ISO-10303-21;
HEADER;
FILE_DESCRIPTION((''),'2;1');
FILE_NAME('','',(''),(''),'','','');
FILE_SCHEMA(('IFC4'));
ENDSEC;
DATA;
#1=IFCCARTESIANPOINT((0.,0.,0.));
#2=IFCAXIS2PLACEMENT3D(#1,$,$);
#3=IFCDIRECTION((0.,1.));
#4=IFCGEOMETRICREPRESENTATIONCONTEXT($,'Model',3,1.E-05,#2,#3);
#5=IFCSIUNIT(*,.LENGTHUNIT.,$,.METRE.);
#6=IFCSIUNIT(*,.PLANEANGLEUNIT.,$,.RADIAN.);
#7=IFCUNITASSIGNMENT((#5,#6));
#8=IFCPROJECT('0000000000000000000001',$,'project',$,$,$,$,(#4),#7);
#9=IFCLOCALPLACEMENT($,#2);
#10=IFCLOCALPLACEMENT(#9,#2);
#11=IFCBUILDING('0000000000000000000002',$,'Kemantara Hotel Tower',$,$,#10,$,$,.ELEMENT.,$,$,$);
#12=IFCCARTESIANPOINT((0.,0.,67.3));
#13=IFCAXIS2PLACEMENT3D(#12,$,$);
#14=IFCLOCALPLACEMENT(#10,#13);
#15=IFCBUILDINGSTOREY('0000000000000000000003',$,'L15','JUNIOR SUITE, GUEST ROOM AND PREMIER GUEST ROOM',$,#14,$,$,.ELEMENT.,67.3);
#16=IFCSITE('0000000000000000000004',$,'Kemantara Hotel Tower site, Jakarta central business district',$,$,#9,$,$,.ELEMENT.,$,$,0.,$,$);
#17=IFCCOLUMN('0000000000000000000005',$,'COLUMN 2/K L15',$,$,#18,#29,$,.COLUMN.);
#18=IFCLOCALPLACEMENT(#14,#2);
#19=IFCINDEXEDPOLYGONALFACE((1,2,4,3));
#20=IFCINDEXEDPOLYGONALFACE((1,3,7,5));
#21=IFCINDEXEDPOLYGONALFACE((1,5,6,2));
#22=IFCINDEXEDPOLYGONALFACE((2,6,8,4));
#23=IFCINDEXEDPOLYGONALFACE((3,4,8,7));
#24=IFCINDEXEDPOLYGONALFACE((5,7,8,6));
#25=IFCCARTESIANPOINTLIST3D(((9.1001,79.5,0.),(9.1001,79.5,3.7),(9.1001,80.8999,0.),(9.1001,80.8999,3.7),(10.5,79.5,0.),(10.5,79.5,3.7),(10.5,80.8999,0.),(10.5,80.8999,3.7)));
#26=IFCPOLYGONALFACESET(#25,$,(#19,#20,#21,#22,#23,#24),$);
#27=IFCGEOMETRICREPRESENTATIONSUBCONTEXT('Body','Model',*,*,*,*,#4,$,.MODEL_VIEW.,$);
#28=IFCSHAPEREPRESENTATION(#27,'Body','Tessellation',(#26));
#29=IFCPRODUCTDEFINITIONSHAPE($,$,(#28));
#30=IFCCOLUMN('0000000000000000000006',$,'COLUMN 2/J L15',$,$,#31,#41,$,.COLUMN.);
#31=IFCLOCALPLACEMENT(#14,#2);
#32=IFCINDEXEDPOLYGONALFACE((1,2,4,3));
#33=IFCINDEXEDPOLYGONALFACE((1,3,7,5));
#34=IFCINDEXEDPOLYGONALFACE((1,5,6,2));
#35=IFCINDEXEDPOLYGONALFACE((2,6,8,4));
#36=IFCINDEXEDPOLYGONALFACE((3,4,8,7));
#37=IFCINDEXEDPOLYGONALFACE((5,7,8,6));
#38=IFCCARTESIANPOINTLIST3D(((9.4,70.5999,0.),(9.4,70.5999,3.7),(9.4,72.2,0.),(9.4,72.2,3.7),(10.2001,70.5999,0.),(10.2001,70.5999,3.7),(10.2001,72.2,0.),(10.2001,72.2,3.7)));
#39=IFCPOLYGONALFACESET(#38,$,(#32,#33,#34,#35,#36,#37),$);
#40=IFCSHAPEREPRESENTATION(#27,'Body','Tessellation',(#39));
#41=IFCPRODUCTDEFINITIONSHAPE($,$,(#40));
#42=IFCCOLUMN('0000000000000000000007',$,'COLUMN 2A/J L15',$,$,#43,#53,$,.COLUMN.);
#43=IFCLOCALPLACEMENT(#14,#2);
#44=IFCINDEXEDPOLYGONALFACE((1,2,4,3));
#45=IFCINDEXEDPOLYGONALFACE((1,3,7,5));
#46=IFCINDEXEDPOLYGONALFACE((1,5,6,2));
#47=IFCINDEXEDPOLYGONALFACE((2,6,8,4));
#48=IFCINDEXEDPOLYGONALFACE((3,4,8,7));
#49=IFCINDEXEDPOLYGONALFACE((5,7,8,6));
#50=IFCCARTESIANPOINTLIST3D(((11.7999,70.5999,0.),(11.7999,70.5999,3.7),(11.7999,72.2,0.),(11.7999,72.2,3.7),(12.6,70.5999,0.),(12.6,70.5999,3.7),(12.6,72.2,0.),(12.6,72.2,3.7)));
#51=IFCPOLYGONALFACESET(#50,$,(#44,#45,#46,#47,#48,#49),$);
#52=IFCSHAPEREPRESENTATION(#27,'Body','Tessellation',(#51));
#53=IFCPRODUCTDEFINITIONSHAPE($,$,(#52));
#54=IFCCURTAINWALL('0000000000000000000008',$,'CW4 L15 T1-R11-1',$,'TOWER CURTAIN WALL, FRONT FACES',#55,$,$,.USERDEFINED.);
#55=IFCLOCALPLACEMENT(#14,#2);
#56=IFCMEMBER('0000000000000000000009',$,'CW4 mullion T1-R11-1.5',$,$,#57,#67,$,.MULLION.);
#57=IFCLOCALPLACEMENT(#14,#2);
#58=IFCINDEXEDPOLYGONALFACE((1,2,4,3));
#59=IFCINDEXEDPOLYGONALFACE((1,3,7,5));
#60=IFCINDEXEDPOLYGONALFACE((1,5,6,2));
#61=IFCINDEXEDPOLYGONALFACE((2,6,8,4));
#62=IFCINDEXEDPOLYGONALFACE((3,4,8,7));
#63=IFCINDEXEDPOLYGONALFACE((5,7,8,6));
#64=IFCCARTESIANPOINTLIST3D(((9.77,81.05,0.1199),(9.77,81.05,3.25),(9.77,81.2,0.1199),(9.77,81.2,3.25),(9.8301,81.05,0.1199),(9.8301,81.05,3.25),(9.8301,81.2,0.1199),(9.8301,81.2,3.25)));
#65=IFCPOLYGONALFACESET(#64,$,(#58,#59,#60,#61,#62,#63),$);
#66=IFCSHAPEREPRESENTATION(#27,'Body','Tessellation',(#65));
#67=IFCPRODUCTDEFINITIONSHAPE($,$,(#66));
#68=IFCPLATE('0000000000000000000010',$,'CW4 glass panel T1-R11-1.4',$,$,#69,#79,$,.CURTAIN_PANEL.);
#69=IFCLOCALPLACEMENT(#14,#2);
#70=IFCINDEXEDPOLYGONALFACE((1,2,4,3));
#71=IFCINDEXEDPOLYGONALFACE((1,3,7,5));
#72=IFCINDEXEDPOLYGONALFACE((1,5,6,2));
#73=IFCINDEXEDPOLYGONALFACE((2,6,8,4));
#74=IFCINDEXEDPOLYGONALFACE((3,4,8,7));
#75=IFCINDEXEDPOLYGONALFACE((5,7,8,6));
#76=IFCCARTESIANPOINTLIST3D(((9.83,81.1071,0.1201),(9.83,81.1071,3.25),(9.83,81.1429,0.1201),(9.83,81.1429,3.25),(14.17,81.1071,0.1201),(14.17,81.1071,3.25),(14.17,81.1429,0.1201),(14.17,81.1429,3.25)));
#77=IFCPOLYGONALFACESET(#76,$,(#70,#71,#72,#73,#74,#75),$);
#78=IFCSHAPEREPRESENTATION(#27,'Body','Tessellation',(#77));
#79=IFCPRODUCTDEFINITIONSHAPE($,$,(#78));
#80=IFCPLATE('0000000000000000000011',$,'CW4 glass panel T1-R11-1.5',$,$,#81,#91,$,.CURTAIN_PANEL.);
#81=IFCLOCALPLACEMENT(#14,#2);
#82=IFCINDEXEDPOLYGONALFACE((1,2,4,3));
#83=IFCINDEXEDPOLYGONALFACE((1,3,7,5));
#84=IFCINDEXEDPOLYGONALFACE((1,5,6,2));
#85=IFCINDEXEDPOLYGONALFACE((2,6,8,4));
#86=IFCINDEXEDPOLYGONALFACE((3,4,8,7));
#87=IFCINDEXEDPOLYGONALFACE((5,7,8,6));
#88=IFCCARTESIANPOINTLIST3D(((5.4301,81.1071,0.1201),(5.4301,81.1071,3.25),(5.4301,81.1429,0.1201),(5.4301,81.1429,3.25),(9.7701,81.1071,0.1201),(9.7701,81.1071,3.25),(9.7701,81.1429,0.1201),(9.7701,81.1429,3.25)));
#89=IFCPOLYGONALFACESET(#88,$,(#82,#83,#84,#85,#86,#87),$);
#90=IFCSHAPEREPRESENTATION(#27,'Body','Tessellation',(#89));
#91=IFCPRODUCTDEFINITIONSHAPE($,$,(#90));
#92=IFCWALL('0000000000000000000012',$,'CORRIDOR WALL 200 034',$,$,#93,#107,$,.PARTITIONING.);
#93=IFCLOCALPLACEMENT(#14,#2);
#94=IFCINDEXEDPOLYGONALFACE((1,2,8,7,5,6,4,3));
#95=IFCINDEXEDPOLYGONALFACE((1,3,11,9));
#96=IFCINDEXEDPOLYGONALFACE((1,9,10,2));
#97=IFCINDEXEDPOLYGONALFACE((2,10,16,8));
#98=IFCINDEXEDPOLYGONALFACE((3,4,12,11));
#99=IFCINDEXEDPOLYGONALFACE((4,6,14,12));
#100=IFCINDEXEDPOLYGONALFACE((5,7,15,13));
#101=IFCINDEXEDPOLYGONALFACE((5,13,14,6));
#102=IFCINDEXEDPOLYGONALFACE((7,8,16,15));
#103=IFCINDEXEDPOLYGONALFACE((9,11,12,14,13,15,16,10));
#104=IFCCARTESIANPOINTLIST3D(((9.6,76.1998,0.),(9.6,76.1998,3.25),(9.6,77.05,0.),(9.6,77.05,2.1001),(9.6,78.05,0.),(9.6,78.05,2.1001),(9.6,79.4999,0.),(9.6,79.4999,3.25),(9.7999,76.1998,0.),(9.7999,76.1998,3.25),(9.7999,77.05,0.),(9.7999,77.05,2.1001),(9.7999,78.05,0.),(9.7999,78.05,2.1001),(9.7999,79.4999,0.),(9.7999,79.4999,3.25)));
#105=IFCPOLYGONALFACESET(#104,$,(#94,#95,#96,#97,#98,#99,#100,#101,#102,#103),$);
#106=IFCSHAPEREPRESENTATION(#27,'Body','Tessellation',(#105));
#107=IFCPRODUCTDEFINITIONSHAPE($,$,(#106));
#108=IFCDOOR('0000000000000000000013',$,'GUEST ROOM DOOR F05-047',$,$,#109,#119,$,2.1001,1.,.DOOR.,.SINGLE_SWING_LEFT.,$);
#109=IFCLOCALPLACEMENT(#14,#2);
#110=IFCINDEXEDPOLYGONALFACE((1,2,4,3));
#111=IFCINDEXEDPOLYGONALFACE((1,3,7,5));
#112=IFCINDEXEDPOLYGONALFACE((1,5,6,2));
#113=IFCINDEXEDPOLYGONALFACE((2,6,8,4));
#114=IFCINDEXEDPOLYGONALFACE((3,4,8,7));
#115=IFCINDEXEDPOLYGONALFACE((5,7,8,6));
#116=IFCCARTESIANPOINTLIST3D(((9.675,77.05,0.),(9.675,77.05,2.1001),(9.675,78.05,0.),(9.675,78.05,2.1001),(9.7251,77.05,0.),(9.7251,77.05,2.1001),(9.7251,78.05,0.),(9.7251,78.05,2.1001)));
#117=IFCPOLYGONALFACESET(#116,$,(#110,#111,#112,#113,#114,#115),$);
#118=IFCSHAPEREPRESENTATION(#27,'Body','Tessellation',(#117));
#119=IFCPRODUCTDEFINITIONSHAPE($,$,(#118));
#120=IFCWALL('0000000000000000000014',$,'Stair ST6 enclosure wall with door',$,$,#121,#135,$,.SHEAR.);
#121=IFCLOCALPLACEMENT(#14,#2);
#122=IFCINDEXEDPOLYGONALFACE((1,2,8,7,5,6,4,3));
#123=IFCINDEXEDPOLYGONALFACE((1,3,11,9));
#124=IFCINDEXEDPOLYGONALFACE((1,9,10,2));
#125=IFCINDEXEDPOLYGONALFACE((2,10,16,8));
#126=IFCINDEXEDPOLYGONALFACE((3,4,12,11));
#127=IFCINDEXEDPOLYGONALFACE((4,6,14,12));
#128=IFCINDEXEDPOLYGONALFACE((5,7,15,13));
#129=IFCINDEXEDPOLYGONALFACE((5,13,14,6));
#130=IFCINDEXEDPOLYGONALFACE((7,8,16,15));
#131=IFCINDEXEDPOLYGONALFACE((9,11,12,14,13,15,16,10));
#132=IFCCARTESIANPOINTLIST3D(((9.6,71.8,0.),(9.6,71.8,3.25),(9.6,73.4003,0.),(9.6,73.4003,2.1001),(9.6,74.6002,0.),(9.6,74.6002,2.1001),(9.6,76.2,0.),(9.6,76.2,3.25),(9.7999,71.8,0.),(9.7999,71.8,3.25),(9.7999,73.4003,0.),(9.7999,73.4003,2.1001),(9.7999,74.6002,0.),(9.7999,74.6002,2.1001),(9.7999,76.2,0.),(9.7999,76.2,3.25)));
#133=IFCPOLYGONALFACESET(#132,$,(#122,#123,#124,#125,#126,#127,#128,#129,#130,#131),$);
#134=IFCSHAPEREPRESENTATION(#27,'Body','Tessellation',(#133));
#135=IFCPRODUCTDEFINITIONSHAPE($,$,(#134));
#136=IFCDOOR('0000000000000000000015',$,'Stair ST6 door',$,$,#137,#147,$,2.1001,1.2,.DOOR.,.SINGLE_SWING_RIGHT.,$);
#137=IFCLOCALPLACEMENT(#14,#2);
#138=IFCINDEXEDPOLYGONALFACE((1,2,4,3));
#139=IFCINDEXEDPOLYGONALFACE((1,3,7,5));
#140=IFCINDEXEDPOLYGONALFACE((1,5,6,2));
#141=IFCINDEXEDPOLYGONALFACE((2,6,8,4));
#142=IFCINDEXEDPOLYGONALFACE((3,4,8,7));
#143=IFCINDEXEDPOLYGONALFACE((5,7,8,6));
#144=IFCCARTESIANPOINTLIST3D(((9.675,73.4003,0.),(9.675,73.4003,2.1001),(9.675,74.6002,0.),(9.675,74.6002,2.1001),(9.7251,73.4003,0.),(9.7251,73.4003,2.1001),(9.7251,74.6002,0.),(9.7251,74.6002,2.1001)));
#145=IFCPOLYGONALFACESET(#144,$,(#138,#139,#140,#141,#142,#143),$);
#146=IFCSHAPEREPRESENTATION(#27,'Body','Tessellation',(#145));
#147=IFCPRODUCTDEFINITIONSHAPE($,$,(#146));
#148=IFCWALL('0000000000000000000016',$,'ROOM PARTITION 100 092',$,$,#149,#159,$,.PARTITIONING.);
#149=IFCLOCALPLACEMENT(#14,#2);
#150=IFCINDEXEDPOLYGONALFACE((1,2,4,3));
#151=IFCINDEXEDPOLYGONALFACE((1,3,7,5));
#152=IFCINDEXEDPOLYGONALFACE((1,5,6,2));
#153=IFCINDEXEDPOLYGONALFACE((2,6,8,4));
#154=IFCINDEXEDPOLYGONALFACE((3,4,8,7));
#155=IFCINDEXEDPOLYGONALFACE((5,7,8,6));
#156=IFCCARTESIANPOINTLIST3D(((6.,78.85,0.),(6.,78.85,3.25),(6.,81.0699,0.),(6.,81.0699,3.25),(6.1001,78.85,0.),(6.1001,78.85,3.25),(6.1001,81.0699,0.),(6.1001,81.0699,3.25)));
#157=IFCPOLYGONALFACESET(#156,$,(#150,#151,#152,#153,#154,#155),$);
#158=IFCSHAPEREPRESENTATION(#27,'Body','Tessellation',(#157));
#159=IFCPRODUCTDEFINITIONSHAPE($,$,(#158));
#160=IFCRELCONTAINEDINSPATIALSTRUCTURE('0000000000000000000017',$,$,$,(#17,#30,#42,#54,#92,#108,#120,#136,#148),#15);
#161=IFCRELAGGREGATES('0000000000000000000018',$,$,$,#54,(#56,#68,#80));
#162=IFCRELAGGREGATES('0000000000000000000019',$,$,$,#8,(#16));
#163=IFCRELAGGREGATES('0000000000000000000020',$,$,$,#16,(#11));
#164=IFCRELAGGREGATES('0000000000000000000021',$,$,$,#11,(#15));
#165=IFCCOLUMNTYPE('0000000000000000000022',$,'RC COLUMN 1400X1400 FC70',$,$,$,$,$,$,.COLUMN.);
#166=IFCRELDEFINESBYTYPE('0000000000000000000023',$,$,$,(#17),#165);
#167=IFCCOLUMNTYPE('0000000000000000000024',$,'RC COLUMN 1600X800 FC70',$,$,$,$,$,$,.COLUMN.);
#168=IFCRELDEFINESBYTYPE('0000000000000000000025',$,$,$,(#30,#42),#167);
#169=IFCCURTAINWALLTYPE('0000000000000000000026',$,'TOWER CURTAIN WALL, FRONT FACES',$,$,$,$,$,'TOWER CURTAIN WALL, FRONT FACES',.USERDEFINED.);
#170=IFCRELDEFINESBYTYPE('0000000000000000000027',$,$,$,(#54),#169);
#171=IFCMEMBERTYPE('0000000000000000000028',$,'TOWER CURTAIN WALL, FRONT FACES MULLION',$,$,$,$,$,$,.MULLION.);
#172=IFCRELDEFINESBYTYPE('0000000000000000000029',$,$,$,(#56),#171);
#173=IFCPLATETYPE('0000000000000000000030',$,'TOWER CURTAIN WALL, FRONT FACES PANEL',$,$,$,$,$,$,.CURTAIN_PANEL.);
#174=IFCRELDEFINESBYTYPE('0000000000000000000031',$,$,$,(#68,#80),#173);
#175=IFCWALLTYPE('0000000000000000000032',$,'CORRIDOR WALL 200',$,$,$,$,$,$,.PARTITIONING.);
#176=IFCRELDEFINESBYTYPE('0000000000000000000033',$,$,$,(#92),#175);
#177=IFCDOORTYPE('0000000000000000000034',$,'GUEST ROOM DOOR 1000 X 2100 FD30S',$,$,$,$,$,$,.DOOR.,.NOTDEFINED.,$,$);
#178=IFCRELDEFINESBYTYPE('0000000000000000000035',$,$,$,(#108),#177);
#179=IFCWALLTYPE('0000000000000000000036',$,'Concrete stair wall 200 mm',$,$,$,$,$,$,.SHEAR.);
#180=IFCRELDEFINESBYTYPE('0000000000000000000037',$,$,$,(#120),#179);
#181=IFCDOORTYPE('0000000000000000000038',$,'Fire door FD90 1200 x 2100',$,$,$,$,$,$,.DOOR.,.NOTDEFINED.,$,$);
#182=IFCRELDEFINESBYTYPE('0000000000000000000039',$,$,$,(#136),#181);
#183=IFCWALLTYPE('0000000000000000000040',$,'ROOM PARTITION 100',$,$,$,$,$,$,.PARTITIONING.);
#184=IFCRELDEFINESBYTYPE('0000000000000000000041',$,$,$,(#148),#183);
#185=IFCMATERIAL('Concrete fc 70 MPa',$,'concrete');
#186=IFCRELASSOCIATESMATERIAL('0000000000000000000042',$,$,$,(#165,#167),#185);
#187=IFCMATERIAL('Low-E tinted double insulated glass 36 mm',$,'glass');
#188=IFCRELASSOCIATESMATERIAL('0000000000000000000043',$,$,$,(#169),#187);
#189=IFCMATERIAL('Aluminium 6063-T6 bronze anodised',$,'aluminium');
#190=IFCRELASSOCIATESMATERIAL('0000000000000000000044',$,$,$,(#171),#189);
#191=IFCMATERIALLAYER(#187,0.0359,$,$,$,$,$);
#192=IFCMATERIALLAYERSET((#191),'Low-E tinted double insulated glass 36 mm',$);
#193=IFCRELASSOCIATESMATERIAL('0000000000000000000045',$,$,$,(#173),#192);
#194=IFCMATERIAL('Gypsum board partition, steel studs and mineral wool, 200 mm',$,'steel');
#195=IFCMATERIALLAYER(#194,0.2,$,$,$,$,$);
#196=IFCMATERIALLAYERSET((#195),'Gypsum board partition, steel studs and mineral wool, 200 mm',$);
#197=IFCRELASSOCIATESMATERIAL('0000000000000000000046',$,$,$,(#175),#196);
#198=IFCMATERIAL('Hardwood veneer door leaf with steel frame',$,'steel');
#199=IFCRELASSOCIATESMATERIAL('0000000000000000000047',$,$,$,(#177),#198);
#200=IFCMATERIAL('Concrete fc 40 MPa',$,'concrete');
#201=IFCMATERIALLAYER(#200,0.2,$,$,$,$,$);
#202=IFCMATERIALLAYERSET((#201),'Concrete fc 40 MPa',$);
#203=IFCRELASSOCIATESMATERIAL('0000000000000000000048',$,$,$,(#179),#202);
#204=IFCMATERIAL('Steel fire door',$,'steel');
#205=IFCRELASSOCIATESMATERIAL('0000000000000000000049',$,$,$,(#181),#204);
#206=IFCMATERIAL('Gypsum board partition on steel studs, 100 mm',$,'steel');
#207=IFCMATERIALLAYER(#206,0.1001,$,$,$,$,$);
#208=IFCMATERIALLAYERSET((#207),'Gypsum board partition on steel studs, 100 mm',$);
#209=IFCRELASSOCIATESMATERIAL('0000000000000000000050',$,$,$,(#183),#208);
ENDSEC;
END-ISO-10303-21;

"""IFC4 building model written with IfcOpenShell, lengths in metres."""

from ifc_helpers import new_model, si_unit, direction, frame, frame_2d, origin, origin_2d, place, context, subcontext, project, spatial, rectangle, extrude, source, transform, mapped, material, layer, layer_set, material_profile, profile_set, type_object, element, fill, aggregate, save


model = new_model("IFC4")

# Units and contexts
model_context = context("Model", 3, precision=1e-05, world=origin(), true_north=direction((0.0, 1.0)))
body_context = subcontext(model_context, "Body", "Model", "MODEL_VIEW")
ifc_project = project(units=[si_unit("LENGTHUNIT", "METRE"), si_unit("PLANEANGLEUNIT", "RADIAN")], contexts=[model_context])

# Site, building, storey
site_placement = place(None, origin())
site = spatial("IfcSite", under=ifc_project, at=site_placement, Name="Kemantara Hotel Tower site, Jakarta central business district", CompositionType="ELEMENT", RefElevation=0.0)
building_placement = place(site_placement, origin())
building = spatial("IfcBuilding", under=site, at=building_placement, Name="Kemantara Hotel Tower", CompositionType="ELEMENT")
storey_placement = place(building_placement, frame((0.0, 0.0, 67.3)))
storey = spatial("IfcBuildingStorey", under=building, at=storey_placement, Name="L15", Description="JUNIOR SUITE, GUEST ROOM AND PREMIER GUEST ROOM", CompositionType="ELEMENT", Elevation=67.3)

# Columns
ifc_material_1 = material(Name="Concrete fc 70 MPa", Category="concrete")
ifc_material_profile_1 = material_profile(ifc_material_1, rectangle(XDim=1.3999, YDim=1.3999, at=origin_2d()), Name="RC 1400X1400")
ifc_profile_set_1 = profile_set([ifc_material_profile_1], Name="Concrete fc 70 MPa")
column_type_1 = type_object("IfcColumnType", Name="RC COLUMN 1400X1400 FC70", PredefinedType="COLUMN", material=ifc_profile_set_1)
column_placement = place(storey_placement, frame((9.8, 80.2, 0.0), z_axis=(0.0, 0.0, 1.0), x_axis=(1.0, 0.0, 0.0)))
element("IfcColumn", 1, at=column_placement, inside=storey, type_object=column_type_1, Name="COLUMN 2/K L15", PredefinedType="COLUMN", context=body_context, shape_type="SweptSolid", body=[
    extrude(rectangle(XDim=1.3999, YDim=1.3999, at=origin_2d()), origin(), (0.0, 0.0, 1.0), 3.7),
])
ifc_material_profile_2 = material_profile(ifc_material_1, rectangle(XDim=1.6001, YDim=0.8, at=origin_2d()), Name="RC 1600X800")
ifc_profile_set_2 = profile_set([ifc_material_profile_2], Name="Concrete fc 70 MPa")
column_type_2 = type_object("IfcColumnType", Name="RC COLUMN 1600X800 FC70", PredefinedType="COLUMN", material=ifc_profile_set_2)
for number, where, z_axis, x_axis, name in (
    (2, (9.8, 71.3999, 0.0), (0.0, 0.0, 1.0), (0.0, 1.0, 0.0), "COLUMN 2/J L15"),
    (3, (12.2, 71.3999, 0.0), (0.0, 0.0, 1.0), (0.0, 1.0, 0.0), "COLUMN 2A/J L15"),
):
    element("IfcColumn", number, at=place(storey_placement, frame(where, z_axis=z_axis, x_axis=x_axis)), inside=storey, type_object=column_type_2, Name=name, PredefinedType="COLUMN", context=body_context, shape_type="SweptSolid", body=[
        extrude(rectangle(XDim=1.6001, YDim=0.8, at=origin_2d()), origin(), (0.0, 0.0, 1.0), 3.7),
    ])

# Curtain wall, member, plates
ifc_material_2 = material(Name="Low-E tinted double insulated glass 36 mm", Category="glass")
curtain_wall_type = type_object("IfcCurtainWallType", Name="TOWER CURTAIN WALL, FRONT FACES", ElementType="TOWER CURTAIN WALL, FRONT FACES", PredefinedType="USERDEFINED", material=ifc_material_2)
curtain_wall_placement = place(storey_placement, origin())
curtain_wall = element("IfcCurtainWall", 4, at=curtain_wall_placement, inside=storey, type_object=curtain_wall_type, Name="CW4 L15 T1-R11-1", ObjectType="TOWER CURTAIN WALL, FRONT FACES", PredefinedType="USERDEFINED")
ifc_material_3 = material(Name="Aluminium 6063-T6 bronze anodised", Category="aluminium")
ifc_material_profile_3 = material_profile(ifc_material_3, rectangle(XDim=0.1499, YDim=0.0601, at=origin_2d()), Name="TOWER CURTAIN WALL, FRONT FACES MULLION")
ifc_profile_set_3 = profile_set([ifc_material_profile_3], Name="Aluminium 6063-T6 bronze anodised")
member_type = type_object("IfcMemberType", Name="TOWER CURTAIN WALL, FRONT FACES MULLION", PredefinedType="MULLION", material=ifc_profile_set_3)
shared_shape_1 = source(origin(), body_context, "Body", "SweptSolid", [
    extrude(rectangle(XDim=0.1499, YDim=0.0601, at=origin_2d()), origin(), (0.0, 0.0, 1.0), 3.1301),
])
member_placement = place(storey_placement, frame((9.8, 81.125, 0.1199), z_axis=(0.0, 0.0, 1.0), x_axis=(0.0, -1.0, 0.0)))
member = element("IfcMember", 5, at=member_placement, type_object=member_type, Name="CW4 mullion T1-R11-1.5", PredefinedType="MULLION", context=body_context, shape_type="MappedRepresentation", body=[
    mapped(shared_shape_1, transform((0.0, 0.0, 0.0))),
])
ifc_layer_1 = layer(ifc_material_2, 0.0359)
ifc_layer_set_1 = layer_set([ifc_layer_1], Name="Low-E tinted double insulated glass 36 mm")
plate_type = type_object("IfcPlateType", Name="TOWER CURTAIN WALL, FRONT FACES PANEL", PredefinedType="CURTAIN_PANEL", material=ifc_layer_set_1)
shared_shape_2 = source(origin(), body_context, "Body", "SweptSolid", [
    extrude(rectangle(XDim=4.3401, YDim=0.0359, at=origin_2d()), origin(), (0.0, 0.0, 1.0), 3.1299),
])
plate_1_placement = place(storey_placement, frame((12.0, 81.125, 0.1201), z_axis=(0.0, 0.0, 1.0), x_axis=(-1.0, 0.0, 0.0)))
plate_1 = element("IfcPlate", 6, at=plate_1_placement, type_object=plate_type, Name="CW4 glass panel T1-R11-1.4", PredefinedType="CURTAIN_PANEL", context=body_context, shape_type="MappedRepresentation", body=[
    mapped(shared_shape_2, transform((0.0, 0.0, 0.0))),
])
plate_2_placement = place(storey_placement, frame((7.6001, 81.125, 0.1201), z_axis=(0.0, 0.0, 1.0), x_axis=(-1.0, 0.0, 0.0)))
plate_2 = element("IfcPlate", 7, at=plate_2_placement, type_object=plate_type, Name="CW4 glass panel T1-R11-1.5", PredefinedType="CURTAIN_PANEL", context=body_context, shape_type="MappedRepresentation", body=[
    mapped(shared_shape_2, transform((0.0, 0.0, 0.0))),
])
aggregate(curtain_wall, [member, plate_1, plate_2])

# Walls, openings, doors
ifc_material_4 = material(Name="Gypsum board partition, steel studs and mineral wool, 200 mm", Category="steel")
ifc_layer_2 = layer(ifc_material_4, 0.2)
ifc_layer_set_2 = layer_set([ifc_layer_2], Name="Gypsum board partition, steel studs and mineral wool, 200 mm")
wall_type_1 = type_object("IfcWallType", Name="CORRIDOR WALL 200", PredefinedType="PARTITIONING", material=ifc_layer_set_2)
wall_1_placement = place(storey_placement, frame((9.7, 76.2, 0.0), z_axis=(0.0, 0.0, 1.0), x_axis=(0.0, 1.0, 0.0)))
wall_1 = element("IfcWall", 8, at=wall_1_placement, inside=storey, type_object=wall_type_1, Name="CORRIDOR WALL 200 034", PredefinedType="PARTITIONING", context=body_context, shape_type="SweptSolid", body=[
    extrude(rectangle(XDim=3.3, YDim=0.2, at=frame_2d((1.6499, 0.0))), origin(), (0.0, 0.0, 1.0), 3.25),
])
opening_1_placement = place(wall_1_placement, frame((0.8501, 0.0, 0.0)))
opening_1 = element("IfcOpeningElement", 9, at=opening_1_placement, cuts=wall_1, PredefinedType="OPENING", context=body_context, shape_type="SweptSolid", body=[
    extrude(rectangle(XDim=1.0, YDim=2.1001, at=frame_2d((0.5, 1.05))), frame((0.0, 0.1099, 0.0), z_axis=(0.0, -1.0, 0.0), x_axis=(1.0, 0.0, 0.0)), (0.0, 0.0, 1.0), 0.22),
])
ifc_material_5 = material(Name="Hardwood veneer door leaf with steel frame", Category="steel")
door_type_1 = type_object("IfcDoorType", Name="GUEST ROOM DOOR 1000 X 2100 FD30S", OperationType="NOTDEFINED", PredefinedType="DOOR", material=ifc_material_5)
door_1_placement = place(opening_1_placement, origin())
door_1 = element("IfcDoor", 10, at=door_1_placement, inside=storey, type_object=door_type_1, Name="GUEST ROOM DOOR F05-047", OperationType="SINGLE_SWING_LEFT", OverallHeight=2.1001, OverallWidth=1.0, PredefinedType="DOOR", context=body_context, shape_type="SweptSolid", body=[
    extrude(rectangle(XDim=1.0, YDim=2.1001, at=frame_2d((0.5, 1.05))), frame((0.0, 0.0249, 0.0), z_axis=(0.0, -1.0, 0.0), x_axis=(1.0, 0.0, 0.0)), (0.0, 0.0, 1.0), 0.05),
])
fill(opening_1, door_1)
ifc_material_6 = material(Name="Concrete fc 40 MPa", Category="concrete")
ifc_layer_3 = layer(ifc_material_6, 0.2)
ifc_layer_set_3 = layer_set([ifc_layer_3], Name="Concrete fc 40 MPa")
wall_type_2 = type_object("IfcWallType", Name="Concrete stair wall 200 mm", PredefinedType="SHEAR", material=ifc_layer_set_3)
wall_2_placement = place(storey_placement, frame((9.7, 71.8, 0.0), z_axis=(0.0, 0.0, 1.0), x_axis=(0.0, 1.0, 0.0)))
wall_2 = element("IfcWall", 11, at=wall_2_placement, inside=storey, type_object=wall_type_2, Name="Stair ST6 enclosure wall with door", PredefinedType="SHEAR", context=body_context, shape_type="SweptSolid", body=[
    extrude(rectangle(XDim=4.3999, YDim=0.2, at=frame_2d((2.2, 0.0))), origin(), (0.0, 0.0, 1.0), 3.25),
])
opening_2_placement = place(wall_2_placement, frame((1.6001, 0.0, 0.0)))
opening_2 = element("IfcOpeningElement", 12, at=opening_2_placement, cuts=wall_2, PredefinedType="OPENING", context=body_context, shape_type="SweptSolid", body=[
    extrude(rectangle(XDim=1.2, YDim=2.1001, at=frame_2d((0.6001, 1.05))), frame((0.0, 0.1099, 0.0), z_axis=(0.0, -1.0, 0.0), x_axis=(1.0, 0.0, 0.0)), (0.0, 0.0, 1.0), 0.22),
])
ifc_material_7 = material(Name="Steel fire door", Category="steel")
door_type_2 = type_object("IfcDoorType", Name="Fire door FD90 1200 x 2100", OperationType="NOTDEFINED", PredefinedType="DOOR", material=ifc_material_7)
door_2_placement = place(opening_2_placement, origin())
door_2 = element("IfcDoor", 13, at=door_2_placement, inside=storey, type_object=door_type_2, Name="Stair ST6 door", OperationType="SINGLE_SWING_RIGHT", OverallHeight=2.1001, OverallWidth=1.2, PredefinedType="DOOR", context=body_context, shape_type="SweptSolid", body=[
    extrude(rectangle(XDim=1.2, YDim=2.1001, at=frame_2d((0.6001, 1.05))), frame((0.0, 0.0249, 0.0), z_axis=(0.0, -1.0, 0.0), x_axis=(1.0, 0.0, 0.0)), (0.0, 0.0, 1.0), 0.05),
])
fill(opening_2, door_2)

# Wall
ifc_material_8 = material(Name="Gypsum board partition on steel studs, 100 mm", Category="steel")
ifc_layer_4 = layer(ifc_material_8, 0.1001)
ifc_layer_set_4 = layer_set([ifc_layer_4], Name="Gypsum board partition on steel studs, 100 mm")
wall_type_3 = type_object("IfcWallType", Name="ROOM PARTITION 100", PredefinedType="PARTITIONING", material=ifc_layer_set_4)
wall_3_placement = place(storey_placement, frame((6.05, 78.8501, 0.0), z_axis=(0.0, 0.0, 1.0), x_axis=(0.0, 1.0, 0.0)))
element("IfcWall", 14, at=wall_3_placement, inside=storey, type_object=wall_type_3, Name="ROOM PARTITION 100 092", PredefinedType="PARTITIONING", context=body_context, shape_type="SweptSolid", body=[
    extrude(rectangle(XDim=2.22, YDim=0.1001, at=frame_2d((1.1099, 0.0))), origin(), (0.0, 0.0, 1.0), 3.25),
])

save(model, "model.ifc")
